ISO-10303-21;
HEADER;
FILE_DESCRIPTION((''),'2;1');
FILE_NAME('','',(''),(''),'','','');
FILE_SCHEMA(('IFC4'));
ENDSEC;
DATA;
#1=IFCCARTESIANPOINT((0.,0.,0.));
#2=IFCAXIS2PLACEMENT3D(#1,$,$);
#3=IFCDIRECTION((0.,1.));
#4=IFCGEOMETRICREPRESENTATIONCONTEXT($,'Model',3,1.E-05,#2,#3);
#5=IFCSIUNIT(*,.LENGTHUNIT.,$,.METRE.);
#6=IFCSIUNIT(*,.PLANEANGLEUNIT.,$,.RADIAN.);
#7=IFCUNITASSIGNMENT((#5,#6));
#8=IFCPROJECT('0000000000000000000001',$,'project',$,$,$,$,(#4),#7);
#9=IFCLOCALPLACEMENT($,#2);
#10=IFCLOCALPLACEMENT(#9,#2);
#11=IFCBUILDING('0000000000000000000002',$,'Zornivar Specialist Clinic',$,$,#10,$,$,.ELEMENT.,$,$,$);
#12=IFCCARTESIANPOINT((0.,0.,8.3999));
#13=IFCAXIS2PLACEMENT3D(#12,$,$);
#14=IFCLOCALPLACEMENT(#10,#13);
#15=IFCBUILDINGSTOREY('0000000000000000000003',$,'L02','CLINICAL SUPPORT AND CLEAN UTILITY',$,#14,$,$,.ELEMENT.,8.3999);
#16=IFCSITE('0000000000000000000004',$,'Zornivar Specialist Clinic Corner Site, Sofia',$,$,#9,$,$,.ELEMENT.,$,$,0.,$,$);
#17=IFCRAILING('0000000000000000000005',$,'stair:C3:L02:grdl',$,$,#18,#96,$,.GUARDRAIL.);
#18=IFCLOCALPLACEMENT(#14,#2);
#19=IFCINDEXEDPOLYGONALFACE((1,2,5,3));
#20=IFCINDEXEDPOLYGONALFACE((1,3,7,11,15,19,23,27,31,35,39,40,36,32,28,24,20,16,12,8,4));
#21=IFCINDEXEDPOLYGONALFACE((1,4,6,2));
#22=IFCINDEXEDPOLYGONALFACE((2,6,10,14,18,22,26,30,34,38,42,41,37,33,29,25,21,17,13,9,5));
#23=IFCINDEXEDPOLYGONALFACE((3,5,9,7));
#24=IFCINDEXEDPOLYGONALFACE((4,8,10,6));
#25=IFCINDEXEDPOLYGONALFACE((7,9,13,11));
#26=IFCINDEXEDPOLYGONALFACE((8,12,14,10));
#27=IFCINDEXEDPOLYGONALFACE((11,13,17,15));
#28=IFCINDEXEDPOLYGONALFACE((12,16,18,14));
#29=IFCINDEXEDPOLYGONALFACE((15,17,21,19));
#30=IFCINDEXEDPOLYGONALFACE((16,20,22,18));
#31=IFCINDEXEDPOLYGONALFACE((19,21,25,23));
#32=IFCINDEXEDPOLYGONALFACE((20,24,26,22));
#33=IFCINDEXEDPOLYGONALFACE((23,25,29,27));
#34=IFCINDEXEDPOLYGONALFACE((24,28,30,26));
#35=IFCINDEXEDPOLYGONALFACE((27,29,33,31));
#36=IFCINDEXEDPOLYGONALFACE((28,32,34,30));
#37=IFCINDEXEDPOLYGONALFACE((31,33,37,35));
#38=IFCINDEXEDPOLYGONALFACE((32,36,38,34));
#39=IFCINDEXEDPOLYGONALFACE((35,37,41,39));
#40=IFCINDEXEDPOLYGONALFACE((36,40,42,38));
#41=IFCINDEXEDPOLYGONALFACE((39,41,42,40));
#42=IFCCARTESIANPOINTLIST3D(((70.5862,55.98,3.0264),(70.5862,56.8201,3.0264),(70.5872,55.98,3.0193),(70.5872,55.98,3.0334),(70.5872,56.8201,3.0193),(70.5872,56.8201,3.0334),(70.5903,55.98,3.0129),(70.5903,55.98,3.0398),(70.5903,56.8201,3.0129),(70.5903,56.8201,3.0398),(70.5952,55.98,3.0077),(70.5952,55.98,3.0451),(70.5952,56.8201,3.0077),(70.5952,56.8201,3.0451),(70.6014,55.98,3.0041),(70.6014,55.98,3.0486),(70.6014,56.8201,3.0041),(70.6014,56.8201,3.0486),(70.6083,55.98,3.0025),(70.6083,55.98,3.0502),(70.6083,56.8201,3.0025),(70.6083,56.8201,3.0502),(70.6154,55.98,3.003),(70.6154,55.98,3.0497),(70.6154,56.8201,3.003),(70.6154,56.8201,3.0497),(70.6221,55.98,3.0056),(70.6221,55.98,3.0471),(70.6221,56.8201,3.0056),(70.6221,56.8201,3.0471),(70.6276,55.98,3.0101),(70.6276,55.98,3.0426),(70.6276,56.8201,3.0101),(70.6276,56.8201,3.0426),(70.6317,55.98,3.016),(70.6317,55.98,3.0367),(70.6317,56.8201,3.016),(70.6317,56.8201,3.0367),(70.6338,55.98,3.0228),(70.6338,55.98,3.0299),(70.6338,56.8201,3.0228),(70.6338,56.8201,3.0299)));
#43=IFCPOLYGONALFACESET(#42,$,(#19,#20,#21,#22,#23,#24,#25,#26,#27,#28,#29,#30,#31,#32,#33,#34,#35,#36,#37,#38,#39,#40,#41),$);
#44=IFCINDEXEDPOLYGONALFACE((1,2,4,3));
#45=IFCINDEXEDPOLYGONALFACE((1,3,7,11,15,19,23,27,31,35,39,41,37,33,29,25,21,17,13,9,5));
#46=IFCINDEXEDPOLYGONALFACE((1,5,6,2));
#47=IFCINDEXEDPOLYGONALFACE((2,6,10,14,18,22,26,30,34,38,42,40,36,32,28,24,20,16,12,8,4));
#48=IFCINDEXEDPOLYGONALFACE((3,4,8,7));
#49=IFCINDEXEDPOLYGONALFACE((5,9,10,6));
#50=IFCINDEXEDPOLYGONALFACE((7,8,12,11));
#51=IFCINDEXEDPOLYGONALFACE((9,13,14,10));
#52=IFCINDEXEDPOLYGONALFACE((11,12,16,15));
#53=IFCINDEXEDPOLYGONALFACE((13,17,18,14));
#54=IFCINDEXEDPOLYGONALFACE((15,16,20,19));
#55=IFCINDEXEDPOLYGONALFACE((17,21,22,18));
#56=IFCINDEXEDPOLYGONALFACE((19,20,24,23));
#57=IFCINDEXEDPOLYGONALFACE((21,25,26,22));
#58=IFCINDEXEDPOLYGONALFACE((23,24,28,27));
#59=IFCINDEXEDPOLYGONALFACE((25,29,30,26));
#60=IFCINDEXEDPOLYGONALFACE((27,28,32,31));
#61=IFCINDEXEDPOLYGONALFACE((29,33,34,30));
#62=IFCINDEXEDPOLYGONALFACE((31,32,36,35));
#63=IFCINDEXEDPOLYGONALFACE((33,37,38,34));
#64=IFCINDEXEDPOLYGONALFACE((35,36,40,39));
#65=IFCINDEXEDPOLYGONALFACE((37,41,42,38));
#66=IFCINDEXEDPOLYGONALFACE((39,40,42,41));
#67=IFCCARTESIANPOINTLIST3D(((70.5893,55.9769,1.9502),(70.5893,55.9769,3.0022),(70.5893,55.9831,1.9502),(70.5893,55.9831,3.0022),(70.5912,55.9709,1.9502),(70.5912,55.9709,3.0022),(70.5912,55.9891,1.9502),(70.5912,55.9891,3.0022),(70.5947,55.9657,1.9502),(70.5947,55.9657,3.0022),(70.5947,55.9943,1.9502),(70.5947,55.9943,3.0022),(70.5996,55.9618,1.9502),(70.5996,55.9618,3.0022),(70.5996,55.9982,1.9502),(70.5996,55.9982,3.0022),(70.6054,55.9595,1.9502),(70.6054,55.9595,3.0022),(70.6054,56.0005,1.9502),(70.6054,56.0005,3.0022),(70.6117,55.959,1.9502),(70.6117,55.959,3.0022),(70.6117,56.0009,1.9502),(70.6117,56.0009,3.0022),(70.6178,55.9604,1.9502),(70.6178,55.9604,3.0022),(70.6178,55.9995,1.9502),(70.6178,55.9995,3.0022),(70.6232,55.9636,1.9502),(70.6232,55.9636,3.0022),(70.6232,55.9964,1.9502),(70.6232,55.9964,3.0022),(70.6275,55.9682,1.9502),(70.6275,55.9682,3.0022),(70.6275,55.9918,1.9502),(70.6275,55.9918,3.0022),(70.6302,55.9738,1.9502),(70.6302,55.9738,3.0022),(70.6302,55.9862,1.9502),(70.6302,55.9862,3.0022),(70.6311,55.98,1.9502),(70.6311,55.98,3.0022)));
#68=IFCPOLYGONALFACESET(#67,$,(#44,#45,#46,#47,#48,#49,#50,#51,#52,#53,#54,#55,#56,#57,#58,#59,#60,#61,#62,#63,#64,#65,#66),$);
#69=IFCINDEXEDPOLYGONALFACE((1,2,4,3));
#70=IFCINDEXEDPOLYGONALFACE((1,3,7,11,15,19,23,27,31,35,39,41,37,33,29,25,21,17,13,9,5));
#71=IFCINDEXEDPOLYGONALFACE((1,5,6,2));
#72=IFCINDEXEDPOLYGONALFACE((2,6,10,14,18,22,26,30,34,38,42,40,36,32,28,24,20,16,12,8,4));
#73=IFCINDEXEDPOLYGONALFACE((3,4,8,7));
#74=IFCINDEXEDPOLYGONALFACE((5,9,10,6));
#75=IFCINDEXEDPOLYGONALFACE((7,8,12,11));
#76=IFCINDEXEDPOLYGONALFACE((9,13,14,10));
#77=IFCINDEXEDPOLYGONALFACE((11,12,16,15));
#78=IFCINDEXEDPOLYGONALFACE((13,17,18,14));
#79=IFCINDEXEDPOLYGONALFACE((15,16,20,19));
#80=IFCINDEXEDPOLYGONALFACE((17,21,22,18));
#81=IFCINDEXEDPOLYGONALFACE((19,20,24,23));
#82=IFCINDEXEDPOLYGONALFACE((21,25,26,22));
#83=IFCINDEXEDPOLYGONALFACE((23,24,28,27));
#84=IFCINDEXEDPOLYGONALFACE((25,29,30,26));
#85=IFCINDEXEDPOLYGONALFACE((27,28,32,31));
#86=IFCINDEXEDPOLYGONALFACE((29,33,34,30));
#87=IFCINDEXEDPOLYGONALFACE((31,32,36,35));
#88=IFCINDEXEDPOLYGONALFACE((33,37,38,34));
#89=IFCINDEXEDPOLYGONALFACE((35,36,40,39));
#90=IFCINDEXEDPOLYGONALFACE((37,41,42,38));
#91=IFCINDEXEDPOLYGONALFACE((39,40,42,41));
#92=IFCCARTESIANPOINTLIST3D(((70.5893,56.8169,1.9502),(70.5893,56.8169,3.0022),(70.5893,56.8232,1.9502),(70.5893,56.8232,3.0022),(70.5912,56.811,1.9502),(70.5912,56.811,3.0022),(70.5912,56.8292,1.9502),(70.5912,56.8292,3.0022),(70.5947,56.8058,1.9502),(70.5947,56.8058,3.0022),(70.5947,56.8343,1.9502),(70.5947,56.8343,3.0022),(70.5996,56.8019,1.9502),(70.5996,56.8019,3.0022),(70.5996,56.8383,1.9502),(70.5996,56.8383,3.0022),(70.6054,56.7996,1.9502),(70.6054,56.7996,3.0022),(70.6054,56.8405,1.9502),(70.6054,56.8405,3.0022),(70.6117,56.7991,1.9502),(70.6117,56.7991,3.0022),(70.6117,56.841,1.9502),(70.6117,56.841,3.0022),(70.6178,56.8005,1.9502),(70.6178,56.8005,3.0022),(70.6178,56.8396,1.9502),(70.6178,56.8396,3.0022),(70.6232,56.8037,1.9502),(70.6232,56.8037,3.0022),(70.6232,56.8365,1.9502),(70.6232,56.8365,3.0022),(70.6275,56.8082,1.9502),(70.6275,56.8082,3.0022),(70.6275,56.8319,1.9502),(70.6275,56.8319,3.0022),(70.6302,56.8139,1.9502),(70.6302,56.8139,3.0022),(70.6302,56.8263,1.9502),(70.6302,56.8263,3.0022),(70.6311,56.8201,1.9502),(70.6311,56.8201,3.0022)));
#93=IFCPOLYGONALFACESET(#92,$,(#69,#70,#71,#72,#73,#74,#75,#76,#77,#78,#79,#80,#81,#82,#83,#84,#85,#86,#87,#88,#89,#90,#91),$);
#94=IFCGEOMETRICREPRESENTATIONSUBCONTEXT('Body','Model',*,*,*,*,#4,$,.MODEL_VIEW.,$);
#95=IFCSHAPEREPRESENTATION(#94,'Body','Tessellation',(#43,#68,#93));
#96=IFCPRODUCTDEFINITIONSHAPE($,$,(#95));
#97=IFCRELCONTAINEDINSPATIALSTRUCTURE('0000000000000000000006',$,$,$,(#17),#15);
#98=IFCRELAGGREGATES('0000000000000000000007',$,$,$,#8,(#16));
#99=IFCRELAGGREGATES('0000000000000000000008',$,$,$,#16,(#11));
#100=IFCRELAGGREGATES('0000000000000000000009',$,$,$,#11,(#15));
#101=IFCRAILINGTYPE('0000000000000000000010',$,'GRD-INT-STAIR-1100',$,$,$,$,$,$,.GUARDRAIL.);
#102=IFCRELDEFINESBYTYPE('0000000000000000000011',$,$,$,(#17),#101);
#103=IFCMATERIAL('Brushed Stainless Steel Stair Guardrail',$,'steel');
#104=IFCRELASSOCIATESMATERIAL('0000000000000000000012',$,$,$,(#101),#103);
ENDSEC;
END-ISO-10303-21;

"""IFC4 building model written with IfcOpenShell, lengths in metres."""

from ifc_helpers import new_model, si_unit, direction, frame, origin, origin_2d, place, context, subcontext, project, spatial, circle, extrude, material, type_object, element, save


model = new_model("IFC4")

# Units and contexts
model_context = context("Model", 3, precision=1e-05, world=origin(), true_north=direction((0.0, 1.0)))
body_context = subcontext(model_context, "Body", "Model", "MODEL_VIEW")
ifc_project = project(units=[si_unit("LENGTHUNIT", "METRE"), si_unit("PLANEANGLEUNIT", "RADIAN")], contexts=[model_context])

# Site, building, storey
site_placement = place(None, origin())
site = spatial("IfcSite", under=ifc_project, at=site_placement, Name="Zornivar Specialist Clinic Corner Site, Sofia", CompositionType="ELEMENT", RefElevation=0.0)
building_placement = place(site_placement, origin())
building = spatial("IfcBuilding", under=site, at=building_placement, Name="Zornivar Specialist Clinic", CompositionType="ELEMENT")
storey_placement = place(building_placement, frame((0.0, 0.0, 8.3999)))
storey = spatial("IfcBuildingStorey", under=building, at=storey_placement, Name="L02", Description="CLINICAL SUPPORT AND CLEAN UTILITY", CompositionType="ELEMENT", Elevation=8.3999)

# Railing
ifc_material_1 = material(Name="Brushed Stainless Steel Stair Guardrail", Category="steel")
railing_type_1 = type_object("IfcRailingType", Name="GRD-INT-STAIR-1100", PredefinedType="GUARDRAIL", material=ifc_material_1)
railing_1_placement = place(storey_placement, frame((70.6101, 55.98, 1.9502)))
element("IfcRailing", 1, at=railing_1_placement, inside=storey, type_object=railing_type_1, Name="stair:C3:L02:grdl", PredefinedType="GUARDRAIL", context=body_context, shape_type="SweptSolid", body=[
    extrude(circle(Radius=0.0239, at=origin_2d()), frame((0.0, 0.0, 1.0762), z_axis=(0.0, 1.0, 0.0), x_axis=(-1.0, 0.0, 0.0)), (0.0, 0.0, 1.0), 0.8401),
    extrude(circle(Radius=0.021, at=origin_2d()), origin(), (0.0, 0.0, 1.0), 1.052),
    extrude(circle(Radius=0.021, at=origin_2d()), frame((0.0, 0.8401, 0.0)), (0.0, 0.0, 1.0), 1.052),
])

save(model, "model.ifc")
